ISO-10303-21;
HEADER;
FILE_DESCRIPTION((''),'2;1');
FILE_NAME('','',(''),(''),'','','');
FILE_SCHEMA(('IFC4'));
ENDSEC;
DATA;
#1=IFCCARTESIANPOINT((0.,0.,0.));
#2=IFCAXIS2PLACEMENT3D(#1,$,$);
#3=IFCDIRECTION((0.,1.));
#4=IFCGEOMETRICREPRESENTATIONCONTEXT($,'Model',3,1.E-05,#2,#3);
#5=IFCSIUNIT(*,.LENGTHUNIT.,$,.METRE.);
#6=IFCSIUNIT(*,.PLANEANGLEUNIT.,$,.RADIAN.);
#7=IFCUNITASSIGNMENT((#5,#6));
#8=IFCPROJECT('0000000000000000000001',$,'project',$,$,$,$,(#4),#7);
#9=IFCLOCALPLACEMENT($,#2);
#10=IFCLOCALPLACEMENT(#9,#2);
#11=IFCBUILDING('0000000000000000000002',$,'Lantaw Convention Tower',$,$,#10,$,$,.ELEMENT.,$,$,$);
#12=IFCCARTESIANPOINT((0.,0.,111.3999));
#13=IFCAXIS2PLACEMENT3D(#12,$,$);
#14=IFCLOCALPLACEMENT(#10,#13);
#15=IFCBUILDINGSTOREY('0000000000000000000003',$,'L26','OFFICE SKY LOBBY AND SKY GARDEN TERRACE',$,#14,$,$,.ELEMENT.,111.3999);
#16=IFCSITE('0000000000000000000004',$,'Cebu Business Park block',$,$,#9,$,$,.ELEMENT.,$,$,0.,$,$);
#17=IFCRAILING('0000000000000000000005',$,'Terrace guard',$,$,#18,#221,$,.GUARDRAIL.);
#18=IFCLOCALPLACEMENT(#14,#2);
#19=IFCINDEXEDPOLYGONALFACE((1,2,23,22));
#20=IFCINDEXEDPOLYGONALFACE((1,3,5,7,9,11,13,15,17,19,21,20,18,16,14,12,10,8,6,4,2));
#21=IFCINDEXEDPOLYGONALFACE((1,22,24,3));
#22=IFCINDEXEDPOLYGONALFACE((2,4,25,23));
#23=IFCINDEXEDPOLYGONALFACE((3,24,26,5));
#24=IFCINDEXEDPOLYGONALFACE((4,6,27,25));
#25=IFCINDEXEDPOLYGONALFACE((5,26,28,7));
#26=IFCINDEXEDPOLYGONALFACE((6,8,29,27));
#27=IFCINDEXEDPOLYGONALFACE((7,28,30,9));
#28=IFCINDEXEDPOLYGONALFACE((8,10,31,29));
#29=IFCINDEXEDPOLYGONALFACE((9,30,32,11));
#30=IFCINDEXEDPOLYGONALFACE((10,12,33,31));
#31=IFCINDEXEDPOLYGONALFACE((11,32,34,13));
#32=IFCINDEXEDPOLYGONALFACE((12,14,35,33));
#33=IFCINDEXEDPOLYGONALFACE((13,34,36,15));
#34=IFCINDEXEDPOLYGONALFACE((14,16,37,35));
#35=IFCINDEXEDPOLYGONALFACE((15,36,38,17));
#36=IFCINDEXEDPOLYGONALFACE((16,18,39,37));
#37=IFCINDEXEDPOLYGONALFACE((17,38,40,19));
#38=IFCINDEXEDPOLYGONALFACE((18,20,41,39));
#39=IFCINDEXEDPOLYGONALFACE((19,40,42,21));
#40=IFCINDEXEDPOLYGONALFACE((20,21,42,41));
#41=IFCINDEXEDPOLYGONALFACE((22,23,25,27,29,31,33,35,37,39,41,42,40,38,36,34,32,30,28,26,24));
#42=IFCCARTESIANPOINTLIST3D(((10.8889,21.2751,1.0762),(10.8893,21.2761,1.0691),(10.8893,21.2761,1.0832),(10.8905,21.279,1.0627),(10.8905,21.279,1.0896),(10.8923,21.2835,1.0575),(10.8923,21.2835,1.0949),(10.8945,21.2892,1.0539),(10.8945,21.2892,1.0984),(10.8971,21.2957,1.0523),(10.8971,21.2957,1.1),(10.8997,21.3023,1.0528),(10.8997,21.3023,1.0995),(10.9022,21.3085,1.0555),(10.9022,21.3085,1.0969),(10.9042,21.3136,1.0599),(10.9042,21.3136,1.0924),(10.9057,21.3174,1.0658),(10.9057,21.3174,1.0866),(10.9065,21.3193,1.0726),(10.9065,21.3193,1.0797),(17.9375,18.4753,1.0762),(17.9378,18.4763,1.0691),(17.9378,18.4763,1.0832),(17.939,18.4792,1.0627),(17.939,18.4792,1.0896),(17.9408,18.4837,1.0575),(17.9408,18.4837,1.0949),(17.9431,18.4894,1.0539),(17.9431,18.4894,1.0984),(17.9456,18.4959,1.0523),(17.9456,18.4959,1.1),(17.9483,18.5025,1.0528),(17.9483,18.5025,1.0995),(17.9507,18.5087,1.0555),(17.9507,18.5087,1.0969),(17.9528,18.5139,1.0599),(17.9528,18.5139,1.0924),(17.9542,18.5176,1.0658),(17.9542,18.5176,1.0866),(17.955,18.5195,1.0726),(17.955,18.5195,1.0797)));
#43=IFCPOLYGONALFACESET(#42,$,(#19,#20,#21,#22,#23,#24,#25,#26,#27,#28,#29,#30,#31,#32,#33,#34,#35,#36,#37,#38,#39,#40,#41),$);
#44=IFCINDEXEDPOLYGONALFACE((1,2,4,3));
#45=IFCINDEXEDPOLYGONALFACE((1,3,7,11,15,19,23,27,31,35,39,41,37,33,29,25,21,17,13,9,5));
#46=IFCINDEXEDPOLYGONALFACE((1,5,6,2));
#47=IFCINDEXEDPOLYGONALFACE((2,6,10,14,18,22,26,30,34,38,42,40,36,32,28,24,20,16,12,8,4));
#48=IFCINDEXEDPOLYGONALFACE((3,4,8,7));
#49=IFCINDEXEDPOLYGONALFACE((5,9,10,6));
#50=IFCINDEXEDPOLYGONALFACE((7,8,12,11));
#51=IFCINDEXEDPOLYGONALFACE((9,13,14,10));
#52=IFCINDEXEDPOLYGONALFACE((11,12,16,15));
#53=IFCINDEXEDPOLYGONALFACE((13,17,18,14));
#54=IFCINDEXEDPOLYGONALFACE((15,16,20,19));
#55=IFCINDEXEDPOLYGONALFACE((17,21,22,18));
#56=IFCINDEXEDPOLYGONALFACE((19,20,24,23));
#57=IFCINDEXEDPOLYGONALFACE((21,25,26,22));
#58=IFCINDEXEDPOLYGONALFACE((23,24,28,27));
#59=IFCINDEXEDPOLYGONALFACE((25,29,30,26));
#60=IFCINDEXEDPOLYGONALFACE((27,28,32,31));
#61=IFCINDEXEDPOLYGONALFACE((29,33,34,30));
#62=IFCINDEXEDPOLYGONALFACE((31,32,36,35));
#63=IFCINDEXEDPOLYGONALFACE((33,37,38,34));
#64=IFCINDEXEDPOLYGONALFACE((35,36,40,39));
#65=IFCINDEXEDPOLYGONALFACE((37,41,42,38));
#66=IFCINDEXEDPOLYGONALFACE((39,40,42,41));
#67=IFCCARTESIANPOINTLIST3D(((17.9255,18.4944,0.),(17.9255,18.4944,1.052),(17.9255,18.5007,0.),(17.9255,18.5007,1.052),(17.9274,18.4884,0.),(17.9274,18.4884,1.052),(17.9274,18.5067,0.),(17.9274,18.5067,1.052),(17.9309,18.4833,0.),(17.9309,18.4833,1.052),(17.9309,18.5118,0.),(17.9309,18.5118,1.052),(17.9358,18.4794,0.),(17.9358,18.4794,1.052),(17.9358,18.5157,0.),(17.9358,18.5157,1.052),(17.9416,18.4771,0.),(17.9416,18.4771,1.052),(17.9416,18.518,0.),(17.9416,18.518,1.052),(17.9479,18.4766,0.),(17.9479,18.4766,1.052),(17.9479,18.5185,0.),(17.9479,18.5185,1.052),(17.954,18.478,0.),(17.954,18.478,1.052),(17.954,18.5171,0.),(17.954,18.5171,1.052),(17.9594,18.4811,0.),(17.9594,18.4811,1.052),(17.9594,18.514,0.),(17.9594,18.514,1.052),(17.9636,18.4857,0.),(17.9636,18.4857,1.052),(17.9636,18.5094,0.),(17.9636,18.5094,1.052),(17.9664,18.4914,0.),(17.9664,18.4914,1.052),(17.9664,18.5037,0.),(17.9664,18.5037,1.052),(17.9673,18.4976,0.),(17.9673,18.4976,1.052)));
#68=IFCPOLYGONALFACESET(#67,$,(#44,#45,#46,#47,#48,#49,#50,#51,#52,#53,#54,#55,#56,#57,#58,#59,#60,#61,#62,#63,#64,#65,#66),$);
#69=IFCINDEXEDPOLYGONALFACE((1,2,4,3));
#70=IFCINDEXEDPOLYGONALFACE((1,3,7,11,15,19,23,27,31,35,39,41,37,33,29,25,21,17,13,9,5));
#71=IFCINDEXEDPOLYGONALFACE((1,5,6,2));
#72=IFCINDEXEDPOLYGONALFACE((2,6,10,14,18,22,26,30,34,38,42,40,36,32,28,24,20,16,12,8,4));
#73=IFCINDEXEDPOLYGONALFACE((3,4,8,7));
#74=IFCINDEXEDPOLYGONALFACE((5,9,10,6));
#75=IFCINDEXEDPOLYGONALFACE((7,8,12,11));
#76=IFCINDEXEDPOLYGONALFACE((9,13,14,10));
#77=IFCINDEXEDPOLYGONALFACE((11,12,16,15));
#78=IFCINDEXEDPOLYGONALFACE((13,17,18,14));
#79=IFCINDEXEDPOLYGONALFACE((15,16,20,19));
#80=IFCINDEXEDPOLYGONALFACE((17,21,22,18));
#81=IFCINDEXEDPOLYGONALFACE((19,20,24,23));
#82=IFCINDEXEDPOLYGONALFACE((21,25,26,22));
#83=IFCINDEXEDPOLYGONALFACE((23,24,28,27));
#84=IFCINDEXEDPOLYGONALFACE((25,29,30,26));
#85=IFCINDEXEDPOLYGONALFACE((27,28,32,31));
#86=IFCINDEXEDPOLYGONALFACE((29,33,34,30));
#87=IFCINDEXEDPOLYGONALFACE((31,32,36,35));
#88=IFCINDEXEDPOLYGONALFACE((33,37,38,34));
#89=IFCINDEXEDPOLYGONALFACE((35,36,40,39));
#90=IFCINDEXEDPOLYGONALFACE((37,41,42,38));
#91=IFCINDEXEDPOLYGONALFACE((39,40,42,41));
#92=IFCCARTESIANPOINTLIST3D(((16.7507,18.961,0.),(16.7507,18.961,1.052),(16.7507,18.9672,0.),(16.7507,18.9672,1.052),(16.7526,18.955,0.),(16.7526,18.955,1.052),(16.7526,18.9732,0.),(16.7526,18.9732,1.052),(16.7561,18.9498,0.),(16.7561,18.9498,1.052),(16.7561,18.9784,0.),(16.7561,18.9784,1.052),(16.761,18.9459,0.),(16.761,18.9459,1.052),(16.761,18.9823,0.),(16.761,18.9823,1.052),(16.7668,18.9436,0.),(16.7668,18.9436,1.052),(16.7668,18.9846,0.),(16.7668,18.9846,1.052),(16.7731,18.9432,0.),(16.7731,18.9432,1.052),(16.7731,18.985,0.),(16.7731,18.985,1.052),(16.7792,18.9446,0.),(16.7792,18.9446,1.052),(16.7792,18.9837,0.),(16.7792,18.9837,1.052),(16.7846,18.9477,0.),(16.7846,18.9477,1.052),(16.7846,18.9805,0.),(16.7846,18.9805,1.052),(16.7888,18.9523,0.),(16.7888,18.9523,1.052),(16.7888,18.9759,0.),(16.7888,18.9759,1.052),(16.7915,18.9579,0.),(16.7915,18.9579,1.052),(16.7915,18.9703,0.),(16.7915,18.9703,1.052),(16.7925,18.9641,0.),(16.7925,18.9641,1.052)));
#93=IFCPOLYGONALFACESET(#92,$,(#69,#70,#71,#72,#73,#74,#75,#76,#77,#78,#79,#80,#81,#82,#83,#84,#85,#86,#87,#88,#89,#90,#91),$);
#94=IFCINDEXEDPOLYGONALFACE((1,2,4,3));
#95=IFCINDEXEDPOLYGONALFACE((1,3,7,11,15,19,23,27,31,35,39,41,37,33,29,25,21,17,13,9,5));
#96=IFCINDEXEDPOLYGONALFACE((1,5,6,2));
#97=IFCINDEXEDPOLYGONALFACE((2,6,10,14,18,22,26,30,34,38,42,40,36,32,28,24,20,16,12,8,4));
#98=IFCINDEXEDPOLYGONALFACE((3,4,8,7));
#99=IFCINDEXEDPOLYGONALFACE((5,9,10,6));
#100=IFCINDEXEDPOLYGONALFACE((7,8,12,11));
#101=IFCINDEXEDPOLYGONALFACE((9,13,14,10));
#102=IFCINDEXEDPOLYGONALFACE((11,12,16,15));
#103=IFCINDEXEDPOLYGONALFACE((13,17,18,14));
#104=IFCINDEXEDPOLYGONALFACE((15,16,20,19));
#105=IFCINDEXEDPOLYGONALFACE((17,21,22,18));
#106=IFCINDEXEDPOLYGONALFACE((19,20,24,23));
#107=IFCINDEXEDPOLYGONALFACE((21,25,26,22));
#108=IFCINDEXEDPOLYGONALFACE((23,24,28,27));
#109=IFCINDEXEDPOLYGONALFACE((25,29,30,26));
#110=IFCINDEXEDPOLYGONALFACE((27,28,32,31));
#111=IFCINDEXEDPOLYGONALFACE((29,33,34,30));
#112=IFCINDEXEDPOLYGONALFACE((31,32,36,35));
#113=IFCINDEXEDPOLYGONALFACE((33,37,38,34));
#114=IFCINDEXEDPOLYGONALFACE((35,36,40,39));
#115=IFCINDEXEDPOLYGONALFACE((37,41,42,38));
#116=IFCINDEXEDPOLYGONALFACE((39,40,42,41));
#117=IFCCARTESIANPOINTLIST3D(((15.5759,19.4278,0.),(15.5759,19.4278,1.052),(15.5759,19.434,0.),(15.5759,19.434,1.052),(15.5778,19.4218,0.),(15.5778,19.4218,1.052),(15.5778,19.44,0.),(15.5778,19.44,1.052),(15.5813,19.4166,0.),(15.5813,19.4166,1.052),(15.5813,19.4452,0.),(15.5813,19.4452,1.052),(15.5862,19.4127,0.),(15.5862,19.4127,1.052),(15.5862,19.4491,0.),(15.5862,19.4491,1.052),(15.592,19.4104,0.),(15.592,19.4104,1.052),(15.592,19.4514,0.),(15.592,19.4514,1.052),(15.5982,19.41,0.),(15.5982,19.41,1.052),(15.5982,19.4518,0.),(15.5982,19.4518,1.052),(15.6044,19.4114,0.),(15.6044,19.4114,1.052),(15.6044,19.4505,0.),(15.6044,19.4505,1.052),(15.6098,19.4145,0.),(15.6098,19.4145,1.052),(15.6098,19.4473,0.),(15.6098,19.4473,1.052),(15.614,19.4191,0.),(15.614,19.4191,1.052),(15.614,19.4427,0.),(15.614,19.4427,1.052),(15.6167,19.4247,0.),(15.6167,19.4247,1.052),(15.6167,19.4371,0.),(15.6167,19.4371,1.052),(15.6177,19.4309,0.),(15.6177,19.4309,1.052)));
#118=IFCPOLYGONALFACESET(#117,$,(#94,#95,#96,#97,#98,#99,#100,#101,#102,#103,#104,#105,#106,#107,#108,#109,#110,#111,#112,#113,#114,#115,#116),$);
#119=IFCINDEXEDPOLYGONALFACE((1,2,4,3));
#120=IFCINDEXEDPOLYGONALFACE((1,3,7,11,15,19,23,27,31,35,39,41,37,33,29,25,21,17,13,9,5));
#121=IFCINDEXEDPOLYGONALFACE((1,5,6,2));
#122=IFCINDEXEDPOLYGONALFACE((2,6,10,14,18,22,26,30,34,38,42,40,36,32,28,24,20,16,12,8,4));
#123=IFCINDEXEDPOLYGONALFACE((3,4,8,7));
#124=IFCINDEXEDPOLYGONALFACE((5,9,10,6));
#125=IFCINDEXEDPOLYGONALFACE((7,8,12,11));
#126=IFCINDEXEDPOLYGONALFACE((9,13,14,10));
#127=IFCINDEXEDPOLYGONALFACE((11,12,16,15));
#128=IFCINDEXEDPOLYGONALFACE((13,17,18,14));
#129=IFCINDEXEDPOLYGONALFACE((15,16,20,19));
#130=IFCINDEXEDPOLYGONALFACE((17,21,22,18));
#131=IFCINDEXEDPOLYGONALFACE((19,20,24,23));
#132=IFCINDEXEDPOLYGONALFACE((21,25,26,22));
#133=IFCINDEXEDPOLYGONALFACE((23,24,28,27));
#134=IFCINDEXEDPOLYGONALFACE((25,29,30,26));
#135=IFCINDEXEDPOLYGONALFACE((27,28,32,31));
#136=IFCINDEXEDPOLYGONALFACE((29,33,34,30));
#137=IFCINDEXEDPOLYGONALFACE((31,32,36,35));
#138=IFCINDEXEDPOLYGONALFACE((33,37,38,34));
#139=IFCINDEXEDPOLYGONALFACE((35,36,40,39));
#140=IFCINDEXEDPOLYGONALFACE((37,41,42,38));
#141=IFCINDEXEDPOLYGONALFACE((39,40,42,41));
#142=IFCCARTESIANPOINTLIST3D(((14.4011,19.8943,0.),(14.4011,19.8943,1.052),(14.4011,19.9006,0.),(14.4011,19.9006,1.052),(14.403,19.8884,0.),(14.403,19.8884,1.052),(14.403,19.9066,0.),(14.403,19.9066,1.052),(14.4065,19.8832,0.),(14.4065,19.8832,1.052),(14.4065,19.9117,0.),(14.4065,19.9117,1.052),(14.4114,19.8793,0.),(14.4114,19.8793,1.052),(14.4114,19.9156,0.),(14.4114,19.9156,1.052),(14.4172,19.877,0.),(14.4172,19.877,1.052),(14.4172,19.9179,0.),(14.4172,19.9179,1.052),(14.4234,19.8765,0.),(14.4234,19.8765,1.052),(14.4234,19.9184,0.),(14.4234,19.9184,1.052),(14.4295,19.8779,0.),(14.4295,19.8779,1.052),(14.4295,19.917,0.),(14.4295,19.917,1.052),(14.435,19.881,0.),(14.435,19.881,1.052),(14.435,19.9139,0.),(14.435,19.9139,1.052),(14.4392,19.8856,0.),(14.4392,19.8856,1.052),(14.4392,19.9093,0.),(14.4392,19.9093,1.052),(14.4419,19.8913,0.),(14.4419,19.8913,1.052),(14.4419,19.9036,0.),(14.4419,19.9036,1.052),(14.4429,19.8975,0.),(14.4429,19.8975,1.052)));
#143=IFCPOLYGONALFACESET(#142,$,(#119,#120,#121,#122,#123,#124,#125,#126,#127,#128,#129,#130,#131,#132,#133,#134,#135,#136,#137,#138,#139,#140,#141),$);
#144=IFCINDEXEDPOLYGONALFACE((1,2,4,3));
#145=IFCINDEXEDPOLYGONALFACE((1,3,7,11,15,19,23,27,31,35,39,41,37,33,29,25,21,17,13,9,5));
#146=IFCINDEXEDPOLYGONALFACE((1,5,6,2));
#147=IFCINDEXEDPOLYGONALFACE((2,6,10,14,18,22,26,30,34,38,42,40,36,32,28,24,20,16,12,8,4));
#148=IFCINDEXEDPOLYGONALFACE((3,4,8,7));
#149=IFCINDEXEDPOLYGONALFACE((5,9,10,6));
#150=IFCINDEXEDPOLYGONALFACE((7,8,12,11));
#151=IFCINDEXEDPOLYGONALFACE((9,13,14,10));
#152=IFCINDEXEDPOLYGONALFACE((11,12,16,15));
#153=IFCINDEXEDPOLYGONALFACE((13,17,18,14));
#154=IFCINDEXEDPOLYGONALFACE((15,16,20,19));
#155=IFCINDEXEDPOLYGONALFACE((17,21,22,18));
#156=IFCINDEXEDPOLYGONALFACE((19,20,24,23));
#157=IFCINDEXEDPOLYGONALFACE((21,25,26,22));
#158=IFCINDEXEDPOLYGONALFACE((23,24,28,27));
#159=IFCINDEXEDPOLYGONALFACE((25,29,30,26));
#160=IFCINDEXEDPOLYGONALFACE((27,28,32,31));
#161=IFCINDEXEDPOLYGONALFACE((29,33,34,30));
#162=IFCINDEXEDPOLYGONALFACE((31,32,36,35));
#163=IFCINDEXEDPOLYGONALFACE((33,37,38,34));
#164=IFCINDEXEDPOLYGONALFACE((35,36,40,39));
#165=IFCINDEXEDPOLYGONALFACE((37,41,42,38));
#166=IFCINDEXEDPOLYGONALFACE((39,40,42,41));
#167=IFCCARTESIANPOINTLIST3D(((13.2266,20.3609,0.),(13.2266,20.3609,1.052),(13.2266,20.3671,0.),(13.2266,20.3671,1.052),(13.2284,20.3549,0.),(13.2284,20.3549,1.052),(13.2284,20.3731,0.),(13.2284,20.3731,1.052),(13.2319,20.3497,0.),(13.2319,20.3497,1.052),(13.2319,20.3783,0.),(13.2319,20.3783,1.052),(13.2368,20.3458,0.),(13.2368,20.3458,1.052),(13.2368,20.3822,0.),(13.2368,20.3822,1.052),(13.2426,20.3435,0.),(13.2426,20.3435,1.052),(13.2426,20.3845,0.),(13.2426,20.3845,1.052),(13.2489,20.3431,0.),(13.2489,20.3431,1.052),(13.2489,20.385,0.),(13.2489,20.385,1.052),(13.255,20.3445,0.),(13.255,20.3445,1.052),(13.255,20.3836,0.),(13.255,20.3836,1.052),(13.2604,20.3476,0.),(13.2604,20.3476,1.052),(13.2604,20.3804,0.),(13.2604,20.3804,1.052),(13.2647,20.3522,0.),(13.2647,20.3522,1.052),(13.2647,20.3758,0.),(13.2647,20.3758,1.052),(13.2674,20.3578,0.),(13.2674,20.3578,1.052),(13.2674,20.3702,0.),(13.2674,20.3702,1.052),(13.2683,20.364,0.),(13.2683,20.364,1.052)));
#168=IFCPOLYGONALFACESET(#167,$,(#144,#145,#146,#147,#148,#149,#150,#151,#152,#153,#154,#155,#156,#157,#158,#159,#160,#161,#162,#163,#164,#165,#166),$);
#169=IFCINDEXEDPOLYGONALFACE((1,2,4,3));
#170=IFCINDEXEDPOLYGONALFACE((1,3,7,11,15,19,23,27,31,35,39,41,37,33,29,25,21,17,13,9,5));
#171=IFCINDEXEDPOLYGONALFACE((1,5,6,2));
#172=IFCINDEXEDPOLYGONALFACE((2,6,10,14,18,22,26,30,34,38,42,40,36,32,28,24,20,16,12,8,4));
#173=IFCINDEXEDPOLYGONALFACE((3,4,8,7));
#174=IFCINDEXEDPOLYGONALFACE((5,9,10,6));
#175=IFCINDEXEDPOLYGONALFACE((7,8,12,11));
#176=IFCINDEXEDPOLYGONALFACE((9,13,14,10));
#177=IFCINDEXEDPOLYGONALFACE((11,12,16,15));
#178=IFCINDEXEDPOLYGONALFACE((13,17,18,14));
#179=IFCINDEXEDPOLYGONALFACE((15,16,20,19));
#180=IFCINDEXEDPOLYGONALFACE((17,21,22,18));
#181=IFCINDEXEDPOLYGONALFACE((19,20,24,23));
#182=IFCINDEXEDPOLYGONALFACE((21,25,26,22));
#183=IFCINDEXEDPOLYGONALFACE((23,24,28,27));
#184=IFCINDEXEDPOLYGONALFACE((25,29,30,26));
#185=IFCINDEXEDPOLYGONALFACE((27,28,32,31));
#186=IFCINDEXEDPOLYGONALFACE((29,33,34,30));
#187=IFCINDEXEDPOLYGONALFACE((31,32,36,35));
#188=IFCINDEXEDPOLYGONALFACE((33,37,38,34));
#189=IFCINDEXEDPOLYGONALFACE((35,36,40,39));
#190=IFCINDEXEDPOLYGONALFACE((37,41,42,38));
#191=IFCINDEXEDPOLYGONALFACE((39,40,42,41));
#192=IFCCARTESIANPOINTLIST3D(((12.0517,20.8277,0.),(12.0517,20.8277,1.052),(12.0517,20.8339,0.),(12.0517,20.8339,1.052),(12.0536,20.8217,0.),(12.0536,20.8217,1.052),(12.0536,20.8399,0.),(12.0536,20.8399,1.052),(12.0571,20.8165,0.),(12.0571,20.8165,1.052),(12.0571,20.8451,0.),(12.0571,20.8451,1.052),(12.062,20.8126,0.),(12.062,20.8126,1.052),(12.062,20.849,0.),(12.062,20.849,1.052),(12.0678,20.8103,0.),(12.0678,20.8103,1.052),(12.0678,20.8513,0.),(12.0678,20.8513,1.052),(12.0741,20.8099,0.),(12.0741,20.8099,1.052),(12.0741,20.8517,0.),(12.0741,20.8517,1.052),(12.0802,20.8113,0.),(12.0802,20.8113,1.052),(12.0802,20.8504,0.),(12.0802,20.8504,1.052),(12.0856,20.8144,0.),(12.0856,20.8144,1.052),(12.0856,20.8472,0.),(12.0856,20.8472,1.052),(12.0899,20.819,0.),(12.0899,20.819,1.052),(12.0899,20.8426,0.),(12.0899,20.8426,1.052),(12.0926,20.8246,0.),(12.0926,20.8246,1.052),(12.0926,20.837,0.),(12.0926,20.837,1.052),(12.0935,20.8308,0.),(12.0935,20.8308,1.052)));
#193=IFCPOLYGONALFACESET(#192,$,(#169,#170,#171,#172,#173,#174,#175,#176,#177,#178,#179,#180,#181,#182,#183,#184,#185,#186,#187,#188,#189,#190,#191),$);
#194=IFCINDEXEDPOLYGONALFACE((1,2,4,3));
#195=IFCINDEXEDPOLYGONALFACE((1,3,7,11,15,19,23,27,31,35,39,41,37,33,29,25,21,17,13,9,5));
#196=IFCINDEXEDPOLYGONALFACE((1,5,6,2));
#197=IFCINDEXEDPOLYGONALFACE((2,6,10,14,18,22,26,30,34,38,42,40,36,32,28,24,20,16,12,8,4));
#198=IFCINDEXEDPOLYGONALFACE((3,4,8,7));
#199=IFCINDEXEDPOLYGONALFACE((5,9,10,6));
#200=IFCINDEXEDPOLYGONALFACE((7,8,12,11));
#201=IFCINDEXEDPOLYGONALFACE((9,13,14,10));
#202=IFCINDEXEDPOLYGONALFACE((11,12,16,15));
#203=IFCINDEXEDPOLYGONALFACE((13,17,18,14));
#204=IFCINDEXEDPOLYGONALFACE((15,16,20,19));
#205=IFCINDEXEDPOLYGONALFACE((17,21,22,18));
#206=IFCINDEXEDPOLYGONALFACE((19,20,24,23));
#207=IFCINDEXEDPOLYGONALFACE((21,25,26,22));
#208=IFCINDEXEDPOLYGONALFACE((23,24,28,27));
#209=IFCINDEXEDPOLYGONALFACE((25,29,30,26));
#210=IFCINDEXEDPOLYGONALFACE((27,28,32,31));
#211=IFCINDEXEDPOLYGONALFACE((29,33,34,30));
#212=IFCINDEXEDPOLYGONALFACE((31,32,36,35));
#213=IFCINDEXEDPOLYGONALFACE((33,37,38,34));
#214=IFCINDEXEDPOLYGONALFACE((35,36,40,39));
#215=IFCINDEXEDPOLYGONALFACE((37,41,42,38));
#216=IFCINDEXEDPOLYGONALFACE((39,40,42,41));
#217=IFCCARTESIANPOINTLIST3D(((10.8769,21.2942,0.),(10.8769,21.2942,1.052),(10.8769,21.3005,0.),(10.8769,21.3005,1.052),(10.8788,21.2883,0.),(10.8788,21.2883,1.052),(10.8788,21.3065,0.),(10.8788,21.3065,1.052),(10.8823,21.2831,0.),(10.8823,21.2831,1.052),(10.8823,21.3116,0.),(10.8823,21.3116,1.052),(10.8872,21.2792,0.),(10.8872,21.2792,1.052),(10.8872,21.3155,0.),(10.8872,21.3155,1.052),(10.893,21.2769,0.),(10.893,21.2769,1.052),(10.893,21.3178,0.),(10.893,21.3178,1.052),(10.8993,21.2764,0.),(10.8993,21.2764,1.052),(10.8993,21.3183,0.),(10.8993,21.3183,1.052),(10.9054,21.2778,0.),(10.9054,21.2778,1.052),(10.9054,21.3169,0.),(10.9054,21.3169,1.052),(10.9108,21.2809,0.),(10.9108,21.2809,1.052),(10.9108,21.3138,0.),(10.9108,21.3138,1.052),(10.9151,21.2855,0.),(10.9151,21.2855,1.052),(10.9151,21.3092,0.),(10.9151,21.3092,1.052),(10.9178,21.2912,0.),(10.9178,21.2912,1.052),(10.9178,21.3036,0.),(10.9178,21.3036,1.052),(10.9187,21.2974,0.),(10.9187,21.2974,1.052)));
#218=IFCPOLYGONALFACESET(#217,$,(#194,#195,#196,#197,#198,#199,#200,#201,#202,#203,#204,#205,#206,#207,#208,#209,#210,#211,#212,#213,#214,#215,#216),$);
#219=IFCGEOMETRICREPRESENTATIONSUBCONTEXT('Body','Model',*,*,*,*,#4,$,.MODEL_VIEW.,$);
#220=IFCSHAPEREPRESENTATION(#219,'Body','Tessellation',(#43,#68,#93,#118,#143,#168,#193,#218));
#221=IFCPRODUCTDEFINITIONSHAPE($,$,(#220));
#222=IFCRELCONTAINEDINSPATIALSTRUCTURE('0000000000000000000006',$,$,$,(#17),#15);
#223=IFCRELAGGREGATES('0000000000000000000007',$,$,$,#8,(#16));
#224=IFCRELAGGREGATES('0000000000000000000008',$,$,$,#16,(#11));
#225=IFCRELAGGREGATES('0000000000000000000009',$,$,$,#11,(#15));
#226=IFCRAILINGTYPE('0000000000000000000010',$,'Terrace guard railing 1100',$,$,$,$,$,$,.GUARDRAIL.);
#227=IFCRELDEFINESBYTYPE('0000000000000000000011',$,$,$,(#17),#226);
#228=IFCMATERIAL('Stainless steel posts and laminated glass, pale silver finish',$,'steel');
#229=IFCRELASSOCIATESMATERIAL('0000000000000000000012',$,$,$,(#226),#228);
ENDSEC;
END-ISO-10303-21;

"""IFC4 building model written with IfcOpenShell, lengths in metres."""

from ifc_helpers import new_model, si_unit, direction, frame, origin, origin_2d, place, context, subcontext, project, spatial, circle, extrude, material, type_object, element, save


model = new_model("IFC4")

# Units and contexts
model_context = context("Model", 3, precision=1e-05, world=origin(), true_north=direction((0.0, 1.0)))
body_context = subcontext(model_context, "Body", "Model", "MODEL_VIEW")
ifc_project = project(units=[si_unit("LENGTHUNIT", "METRE"), si_unit("PLANEANGLEUNIT", "RADIAN")], contexts=[model_context])

# Site, building, storey
site_placement = place(None, origin())
site = spatial("IfcSite", under=ifc_project, at=site_placement, Name="Cebu Business Park block", CompositionType="ELEMENT", RefElevation=0.0)
building_placement = place(site_placement, origin())
building = spatial("IfcBuilding", under=site, at=building_placement, Name="Lantaw Convention Tower", CompositionType="ELEMENT")
storey_placement = place(building_placement, frame((0.0, 0.0, 111.3999)))
storey = spatial("IfcBuildingStorey", under=building, at=storey_placement, Name="L26", Description="OFFICE SKY LOBBY AND SKY GARDEN TERRACE", CompositionType="ELEMENT", Elevation=111.3999)

# Railing
ifc_material_1 = material(Name="Stainless steel posts and laminated glass, pale silver finish", Category="steel")
railing_type = type_object("IfcRailingType", Name="Terrace guard railing 1100", PredefinedType="GUARDRAIL", material=ifc_material_1)
railing_placement = place(storey_placement, frame((17.9463, 18.4976, 0.0)))
element("IfcRailing", 1, at=railing_placement, inside=storey, type_object=railing_type, Name="Terrace guard", PredefinedType="GUARDRAIL", context=body_context, shape_type="SweptSolid", body=[
    extrude(circle(Radius=0.0239, at=origin_2d()), frame((0.0, 0.0, 1.0762), z_axis=(-0.929366, 0.369158, 0.0), x_axis=(-0.369158, -0.929366, 0.0)), (0.0, 0.0, 1.0), 7.5842),
    extrude(circle(Radius=0.021, at=origin_2d()), origin(), (0.0, 0.0, 1.0), 1.052),
    extrude(circle(Radius=0.021, at=origin_2d()), frame((-1.1748, 0.4666, 0.0)), (0.0, 0.0, 1.0), 1.052),
    extrude(circle(Radius=0.021, at=origin_2d()), frame((-2.3496, 0.9333, 0.0)), (0.0, 0.0, 1.0), 1.052),
    extrude(circle(Radius=0.021, at=origin_2d()), frame((-3.5244, 1.3999, 0.0)), (0.0, 0.0, 1.0), 1.052),
    extrude(circle(Radius=0.021, at=origin_2d()), frame((-4.699, 1.8665, 0.0)), (0.0, 0.0, 1.0), 1.052),
    extrude(circle(Radius=0.021, at=origin_2d()), frame((-5.8738, 2.3333, 0.0)), (0.0, 0.0, 1.0), 1.052),
    extrude(circle(Radius=0.021, at=origin_2d()), frame((-7.0486, 2.7998, 0.0)), (0.0, 0.0, 1.0), 1.052),
])

save(model, "model.ifc")
